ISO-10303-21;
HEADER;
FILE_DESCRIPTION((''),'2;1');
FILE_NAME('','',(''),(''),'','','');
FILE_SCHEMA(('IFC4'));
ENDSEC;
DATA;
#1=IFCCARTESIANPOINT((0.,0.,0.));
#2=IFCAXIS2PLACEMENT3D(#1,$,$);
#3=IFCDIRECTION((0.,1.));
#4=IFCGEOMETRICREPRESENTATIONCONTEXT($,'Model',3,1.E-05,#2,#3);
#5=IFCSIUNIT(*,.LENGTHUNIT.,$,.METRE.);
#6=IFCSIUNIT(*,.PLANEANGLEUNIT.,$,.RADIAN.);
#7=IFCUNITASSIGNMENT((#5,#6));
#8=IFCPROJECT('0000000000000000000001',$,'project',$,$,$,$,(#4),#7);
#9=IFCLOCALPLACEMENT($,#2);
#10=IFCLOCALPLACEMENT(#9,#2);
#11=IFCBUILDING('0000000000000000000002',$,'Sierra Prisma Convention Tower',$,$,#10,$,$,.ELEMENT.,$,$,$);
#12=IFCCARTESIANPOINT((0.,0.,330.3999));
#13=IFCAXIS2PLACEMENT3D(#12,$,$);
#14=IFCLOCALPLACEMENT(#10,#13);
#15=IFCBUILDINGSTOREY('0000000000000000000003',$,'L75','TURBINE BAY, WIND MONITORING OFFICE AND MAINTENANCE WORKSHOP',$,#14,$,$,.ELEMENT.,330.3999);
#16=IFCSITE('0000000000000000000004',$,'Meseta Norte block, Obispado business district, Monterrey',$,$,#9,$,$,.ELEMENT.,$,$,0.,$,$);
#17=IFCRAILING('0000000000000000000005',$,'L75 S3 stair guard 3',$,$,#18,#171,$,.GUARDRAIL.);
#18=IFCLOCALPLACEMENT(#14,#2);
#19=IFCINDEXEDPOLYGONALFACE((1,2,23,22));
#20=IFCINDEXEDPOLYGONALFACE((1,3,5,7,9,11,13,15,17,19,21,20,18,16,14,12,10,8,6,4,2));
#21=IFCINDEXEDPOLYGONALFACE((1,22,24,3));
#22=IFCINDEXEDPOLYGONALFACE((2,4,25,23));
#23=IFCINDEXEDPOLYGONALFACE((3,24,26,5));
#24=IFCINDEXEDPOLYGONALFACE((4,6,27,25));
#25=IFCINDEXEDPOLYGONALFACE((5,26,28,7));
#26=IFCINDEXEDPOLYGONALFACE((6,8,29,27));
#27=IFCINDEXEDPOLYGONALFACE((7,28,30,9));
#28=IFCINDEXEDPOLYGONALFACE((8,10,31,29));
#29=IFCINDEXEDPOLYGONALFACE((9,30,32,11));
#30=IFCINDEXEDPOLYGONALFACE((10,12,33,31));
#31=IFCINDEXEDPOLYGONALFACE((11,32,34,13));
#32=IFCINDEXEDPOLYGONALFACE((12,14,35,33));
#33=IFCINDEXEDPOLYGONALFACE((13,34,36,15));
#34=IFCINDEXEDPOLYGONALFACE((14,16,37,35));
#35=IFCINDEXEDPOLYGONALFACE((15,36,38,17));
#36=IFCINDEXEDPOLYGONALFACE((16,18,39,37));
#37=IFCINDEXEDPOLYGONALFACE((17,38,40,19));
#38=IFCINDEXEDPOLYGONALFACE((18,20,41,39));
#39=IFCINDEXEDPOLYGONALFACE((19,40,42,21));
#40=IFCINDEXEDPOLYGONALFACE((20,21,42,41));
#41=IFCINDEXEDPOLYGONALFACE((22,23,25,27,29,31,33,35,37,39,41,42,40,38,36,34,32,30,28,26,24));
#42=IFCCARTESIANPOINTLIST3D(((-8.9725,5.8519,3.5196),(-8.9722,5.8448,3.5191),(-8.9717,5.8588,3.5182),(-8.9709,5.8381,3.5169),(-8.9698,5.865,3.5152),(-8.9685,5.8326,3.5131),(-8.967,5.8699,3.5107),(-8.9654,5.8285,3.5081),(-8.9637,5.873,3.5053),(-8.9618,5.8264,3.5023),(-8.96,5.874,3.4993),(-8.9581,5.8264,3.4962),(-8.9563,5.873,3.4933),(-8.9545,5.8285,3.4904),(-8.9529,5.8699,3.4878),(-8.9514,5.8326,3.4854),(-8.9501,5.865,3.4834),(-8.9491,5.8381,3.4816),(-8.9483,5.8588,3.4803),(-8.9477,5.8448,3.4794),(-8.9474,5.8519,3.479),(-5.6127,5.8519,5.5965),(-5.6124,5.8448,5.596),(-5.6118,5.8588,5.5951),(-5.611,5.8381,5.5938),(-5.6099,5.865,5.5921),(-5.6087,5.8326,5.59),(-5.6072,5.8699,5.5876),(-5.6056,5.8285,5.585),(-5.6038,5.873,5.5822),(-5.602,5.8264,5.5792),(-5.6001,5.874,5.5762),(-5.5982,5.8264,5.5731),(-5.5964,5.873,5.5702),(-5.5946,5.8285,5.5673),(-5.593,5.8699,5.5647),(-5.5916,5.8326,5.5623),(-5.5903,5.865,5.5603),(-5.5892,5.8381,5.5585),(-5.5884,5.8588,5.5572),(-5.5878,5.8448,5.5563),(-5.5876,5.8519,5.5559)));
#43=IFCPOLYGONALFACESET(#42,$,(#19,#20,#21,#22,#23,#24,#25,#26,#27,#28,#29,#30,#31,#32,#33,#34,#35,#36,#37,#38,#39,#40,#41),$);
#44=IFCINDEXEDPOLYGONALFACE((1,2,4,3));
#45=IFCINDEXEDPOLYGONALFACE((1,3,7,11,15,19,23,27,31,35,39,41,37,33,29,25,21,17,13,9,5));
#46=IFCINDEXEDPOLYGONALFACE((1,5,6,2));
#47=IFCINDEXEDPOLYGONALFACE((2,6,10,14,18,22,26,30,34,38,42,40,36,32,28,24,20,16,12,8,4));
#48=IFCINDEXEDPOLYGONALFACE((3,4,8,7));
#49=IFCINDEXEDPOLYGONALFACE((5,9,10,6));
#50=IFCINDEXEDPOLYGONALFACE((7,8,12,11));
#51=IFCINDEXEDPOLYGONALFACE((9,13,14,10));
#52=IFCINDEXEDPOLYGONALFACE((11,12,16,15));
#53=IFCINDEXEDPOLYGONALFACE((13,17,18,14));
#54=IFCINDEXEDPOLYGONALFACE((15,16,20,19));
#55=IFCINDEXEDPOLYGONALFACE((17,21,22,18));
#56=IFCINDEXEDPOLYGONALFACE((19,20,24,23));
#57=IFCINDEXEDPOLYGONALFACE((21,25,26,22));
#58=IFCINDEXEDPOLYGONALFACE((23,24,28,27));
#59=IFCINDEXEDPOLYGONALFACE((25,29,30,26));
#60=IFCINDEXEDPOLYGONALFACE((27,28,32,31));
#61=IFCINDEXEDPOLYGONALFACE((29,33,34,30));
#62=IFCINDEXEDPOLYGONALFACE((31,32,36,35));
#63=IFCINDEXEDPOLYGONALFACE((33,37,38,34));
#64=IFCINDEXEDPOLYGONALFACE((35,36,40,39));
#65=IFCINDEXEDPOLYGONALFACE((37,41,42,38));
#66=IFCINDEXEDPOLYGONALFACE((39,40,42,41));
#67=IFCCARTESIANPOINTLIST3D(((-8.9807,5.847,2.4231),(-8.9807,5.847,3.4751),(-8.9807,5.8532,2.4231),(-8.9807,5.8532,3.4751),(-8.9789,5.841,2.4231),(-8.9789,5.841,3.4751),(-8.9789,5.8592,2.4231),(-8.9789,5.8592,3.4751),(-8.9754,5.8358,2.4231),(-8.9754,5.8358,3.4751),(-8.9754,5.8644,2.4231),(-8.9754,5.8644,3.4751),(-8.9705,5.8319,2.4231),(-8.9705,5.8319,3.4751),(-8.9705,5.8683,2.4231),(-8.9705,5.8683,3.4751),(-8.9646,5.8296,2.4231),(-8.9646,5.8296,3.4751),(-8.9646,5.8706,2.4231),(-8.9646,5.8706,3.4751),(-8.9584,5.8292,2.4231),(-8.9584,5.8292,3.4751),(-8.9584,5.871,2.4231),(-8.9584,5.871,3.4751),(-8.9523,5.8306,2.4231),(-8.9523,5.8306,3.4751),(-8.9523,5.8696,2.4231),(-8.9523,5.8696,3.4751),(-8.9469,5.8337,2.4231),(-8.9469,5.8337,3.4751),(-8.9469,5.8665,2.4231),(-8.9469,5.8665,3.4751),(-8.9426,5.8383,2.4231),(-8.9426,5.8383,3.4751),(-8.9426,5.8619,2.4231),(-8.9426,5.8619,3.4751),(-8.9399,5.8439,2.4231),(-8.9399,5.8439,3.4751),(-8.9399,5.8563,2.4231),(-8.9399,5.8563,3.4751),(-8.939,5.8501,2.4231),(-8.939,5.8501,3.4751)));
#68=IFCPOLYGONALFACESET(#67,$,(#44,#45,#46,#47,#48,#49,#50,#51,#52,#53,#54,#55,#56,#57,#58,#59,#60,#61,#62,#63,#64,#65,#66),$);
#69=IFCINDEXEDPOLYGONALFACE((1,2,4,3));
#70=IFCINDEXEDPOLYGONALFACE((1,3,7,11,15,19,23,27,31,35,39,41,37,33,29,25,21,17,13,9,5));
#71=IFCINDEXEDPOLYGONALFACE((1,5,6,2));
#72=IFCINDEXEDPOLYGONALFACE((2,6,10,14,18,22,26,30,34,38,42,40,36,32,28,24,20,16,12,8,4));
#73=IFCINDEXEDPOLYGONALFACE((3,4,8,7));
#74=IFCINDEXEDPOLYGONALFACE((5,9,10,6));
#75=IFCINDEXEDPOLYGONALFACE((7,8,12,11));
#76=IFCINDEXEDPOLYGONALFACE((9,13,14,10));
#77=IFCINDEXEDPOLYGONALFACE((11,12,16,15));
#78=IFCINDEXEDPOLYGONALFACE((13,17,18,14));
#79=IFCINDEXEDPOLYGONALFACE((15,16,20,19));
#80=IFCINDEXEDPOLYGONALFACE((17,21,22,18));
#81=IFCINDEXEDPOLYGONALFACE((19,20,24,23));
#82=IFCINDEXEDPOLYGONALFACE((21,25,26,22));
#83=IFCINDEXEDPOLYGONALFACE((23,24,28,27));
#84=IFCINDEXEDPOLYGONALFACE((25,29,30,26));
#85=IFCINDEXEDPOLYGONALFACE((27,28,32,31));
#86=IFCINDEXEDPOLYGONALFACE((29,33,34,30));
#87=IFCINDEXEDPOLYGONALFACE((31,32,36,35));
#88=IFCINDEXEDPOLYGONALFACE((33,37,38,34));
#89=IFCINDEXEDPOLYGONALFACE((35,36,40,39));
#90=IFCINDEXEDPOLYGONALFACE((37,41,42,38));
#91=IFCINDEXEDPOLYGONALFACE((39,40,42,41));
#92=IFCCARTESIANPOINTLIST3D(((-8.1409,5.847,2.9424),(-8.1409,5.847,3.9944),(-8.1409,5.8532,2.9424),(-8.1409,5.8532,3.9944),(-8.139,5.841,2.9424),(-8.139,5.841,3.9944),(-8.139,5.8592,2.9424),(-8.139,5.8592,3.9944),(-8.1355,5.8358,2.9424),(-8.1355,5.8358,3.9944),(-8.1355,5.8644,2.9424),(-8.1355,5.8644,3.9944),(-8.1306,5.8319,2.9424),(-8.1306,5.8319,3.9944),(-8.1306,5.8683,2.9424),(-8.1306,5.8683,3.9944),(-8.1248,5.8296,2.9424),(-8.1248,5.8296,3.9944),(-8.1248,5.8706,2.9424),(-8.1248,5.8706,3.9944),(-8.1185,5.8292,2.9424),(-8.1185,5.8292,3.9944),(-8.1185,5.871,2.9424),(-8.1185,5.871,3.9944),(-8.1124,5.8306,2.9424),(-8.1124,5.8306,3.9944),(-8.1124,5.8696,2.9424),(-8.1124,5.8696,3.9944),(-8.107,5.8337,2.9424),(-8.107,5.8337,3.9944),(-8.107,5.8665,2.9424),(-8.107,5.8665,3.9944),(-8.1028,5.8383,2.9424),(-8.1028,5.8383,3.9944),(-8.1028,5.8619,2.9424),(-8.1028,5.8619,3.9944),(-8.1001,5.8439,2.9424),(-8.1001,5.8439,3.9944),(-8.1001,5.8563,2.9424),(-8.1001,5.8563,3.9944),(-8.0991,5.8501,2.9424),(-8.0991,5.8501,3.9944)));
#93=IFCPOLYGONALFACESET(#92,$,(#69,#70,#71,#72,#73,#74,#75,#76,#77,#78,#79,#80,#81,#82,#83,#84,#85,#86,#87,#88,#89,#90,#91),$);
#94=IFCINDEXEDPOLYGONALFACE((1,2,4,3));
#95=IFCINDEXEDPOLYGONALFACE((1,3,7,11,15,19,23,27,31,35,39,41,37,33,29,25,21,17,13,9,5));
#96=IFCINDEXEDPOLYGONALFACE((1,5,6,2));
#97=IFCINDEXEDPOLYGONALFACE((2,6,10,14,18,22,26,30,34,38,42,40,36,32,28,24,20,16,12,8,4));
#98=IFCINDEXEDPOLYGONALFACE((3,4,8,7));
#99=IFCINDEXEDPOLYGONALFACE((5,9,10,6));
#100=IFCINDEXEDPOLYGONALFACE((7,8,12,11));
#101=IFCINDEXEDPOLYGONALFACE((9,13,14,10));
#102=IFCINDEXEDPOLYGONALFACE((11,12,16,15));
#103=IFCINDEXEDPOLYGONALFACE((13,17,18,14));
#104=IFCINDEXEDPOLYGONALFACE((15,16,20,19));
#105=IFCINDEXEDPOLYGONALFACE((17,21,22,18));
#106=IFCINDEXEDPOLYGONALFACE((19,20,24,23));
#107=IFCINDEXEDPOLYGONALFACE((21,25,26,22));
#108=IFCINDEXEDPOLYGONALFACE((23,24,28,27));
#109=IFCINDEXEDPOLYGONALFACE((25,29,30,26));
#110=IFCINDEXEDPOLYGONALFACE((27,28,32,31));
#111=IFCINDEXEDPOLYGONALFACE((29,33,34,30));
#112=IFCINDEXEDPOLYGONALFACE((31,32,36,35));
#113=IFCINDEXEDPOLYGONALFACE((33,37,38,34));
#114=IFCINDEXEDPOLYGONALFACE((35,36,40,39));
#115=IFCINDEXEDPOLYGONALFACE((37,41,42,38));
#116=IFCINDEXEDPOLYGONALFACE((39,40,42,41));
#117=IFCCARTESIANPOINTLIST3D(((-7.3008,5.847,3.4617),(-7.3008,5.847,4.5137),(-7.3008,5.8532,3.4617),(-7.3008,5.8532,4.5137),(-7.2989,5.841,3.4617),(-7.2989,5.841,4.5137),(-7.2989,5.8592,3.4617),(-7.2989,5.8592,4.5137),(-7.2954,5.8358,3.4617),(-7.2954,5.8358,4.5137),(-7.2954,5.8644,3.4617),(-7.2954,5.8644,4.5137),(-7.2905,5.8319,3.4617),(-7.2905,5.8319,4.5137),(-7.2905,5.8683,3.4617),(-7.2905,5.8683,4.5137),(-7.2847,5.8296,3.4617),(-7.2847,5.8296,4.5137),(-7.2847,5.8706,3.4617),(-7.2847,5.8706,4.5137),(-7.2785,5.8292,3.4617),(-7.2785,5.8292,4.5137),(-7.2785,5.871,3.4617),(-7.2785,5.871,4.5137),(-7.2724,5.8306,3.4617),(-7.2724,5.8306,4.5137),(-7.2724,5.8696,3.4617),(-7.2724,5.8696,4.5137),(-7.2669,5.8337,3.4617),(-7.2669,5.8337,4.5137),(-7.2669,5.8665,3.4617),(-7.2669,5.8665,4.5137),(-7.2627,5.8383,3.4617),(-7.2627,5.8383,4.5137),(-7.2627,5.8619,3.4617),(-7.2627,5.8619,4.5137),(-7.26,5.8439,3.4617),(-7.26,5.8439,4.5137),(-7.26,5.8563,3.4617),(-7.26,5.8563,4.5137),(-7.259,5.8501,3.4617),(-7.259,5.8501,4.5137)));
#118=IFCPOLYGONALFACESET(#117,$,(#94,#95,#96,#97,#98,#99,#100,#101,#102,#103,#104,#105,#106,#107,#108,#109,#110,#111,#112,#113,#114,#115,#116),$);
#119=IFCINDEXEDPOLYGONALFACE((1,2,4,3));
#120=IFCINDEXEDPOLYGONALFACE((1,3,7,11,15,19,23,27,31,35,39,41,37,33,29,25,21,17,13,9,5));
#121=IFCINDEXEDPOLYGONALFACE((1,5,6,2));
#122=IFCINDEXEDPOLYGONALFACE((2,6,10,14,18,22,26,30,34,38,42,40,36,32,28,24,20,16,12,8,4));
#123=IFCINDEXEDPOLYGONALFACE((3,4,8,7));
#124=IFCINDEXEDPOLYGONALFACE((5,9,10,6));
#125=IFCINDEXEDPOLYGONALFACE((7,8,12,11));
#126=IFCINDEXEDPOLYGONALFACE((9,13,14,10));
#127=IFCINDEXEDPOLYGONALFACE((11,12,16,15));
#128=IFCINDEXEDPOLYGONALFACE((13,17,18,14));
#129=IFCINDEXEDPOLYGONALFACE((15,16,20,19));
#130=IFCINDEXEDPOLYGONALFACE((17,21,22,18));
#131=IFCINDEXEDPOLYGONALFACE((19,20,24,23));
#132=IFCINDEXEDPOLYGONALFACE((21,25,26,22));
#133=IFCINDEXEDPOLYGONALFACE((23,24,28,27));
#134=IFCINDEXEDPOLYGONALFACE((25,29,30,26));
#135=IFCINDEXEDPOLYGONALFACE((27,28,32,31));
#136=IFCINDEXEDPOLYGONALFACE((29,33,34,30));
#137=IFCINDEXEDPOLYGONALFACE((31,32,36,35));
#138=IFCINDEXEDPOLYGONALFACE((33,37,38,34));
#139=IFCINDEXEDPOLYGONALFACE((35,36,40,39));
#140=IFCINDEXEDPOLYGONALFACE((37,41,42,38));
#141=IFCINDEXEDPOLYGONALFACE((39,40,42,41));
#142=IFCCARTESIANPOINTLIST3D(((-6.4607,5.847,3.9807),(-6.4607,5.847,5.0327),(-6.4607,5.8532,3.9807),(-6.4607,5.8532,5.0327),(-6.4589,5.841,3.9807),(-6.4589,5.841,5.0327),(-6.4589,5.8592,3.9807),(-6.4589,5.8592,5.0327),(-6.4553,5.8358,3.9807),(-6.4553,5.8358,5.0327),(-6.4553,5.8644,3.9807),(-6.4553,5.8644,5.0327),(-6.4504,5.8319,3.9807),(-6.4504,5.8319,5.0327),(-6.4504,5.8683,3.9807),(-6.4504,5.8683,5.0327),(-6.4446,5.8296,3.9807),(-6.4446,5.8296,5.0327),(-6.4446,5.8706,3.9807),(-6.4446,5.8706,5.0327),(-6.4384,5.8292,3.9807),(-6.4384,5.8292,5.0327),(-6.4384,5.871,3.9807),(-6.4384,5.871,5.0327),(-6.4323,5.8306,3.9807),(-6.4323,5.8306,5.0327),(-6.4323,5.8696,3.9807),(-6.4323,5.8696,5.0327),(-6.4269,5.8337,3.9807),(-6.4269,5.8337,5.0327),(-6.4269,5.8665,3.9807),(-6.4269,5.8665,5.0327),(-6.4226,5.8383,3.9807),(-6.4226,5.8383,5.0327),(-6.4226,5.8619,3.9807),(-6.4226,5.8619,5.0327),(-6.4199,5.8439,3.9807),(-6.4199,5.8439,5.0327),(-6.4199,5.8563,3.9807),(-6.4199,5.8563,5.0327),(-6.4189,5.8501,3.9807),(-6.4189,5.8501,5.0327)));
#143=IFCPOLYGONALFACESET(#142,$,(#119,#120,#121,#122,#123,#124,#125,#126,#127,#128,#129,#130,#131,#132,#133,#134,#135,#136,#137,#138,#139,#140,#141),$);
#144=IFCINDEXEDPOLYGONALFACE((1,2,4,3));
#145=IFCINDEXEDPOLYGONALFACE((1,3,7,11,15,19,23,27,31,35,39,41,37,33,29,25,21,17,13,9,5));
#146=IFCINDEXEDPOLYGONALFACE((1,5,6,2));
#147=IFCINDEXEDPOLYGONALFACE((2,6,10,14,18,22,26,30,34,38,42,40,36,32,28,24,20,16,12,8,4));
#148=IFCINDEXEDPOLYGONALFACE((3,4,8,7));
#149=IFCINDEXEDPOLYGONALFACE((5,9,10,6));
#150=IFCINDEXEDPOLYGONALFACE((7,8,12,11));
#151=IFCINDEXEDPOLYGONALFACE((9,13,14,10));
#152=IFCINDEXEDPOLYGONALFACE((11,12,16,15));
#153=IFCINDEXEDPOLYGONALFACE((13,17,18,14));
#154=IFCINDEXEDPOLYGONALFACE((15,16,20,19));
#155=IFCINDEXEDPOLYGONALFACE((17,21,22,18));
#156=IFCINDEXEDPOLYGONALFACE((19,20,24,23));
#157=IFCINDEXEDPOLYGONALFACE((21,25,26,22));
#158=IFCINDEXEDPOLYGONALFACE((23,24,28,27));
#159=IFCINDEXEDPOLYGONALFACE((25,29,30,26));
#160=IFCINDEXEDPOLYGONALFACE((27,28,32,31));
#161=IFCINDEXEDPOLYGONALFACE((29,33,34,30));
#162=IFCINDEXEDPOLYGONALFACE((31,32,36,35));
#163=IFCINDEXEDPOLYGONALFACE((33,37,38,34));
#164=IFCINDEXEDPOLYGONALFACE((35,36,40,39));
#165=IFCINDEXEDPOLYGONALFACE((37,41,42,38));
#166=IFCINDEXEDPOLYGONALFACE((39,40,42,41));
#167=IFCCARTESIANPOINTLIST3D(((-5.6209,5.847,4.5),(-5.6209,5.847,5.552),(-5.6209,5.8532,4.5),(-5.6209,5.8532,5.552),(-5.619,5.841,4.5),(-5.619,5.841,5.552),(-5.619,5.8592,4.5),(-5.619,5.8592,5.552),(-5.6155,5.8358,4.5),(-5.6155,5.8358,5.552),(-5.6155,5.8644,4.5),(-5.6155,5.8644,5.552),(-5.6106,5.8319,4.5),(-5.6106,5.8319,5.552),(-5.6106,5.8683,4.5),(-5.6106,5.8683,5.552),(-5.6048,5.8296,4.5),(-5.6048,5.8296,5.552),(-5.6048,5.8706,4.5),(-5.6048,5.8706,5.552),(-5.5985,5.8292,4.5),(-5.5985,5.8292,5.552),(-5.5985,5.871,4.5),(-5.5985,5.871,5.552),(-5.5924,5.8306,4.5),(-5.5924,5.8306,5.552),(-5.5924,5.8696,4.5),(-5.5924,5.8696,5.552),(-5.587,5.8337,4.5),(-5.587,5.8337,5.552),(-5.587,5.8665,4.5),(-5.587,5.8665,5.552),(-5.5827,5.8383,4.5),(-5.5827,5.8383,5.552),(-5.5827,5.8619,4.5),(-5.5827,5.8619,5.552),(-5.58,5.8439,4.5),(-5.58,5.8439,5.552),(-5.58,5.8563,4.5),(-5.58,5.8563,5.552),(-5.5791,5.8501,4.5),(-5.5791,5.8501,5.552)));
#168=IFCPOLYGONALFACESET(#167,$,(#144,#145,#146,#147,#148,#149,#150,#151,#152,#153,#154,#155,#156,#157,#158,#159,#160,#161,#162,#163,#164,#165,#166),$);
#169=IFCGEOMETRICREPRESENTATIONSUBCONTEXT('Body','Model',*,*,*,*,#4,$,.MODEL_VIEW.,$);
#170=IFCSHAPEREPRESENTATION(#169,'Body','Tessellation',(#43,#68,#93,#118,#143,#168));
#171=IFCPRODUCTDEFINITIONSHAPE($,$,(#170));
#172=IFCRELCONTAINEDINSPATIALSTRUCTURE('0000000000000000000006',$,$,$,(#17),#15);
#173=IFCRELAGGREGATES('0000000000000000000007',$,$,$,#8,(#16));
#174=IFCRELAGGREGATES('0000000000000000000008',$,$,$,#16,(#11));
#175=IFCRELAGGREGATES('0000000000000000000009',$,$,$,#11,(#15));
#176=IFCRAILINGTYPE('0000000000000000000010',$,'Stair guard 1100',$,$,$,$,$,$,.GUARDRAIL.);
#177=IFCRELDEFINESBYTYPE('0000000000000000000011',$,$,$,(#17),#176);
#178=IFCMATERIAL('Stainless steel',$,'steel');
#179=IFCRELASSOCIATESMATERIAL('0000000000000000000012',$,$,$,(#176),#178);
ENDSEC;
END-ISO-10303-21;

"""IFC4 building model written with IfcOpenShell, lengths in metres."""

from ifc_helpers import new_model, si_unit, direction, frame, origin, origin_2d, place, context, subcontext, project, spatial, circle, extrude, material, type_object, element, save


model = new_model("IFC4")

# Units and contexts
model_context = context("Model", 3, precision=1e-05, world=origin(), true_north=direction((0.0, 1.0)))
body_context = subcontext(model_context, "Body", "Model", "MODEL_VIEW")
ifc_project = project(units=[si_unit("LENGTHUNIT", "METRE"), si_unit("PLANEANGLEUNIT", "RADIAN")], contexts=[model_context])

# Site, building, storey
site_placement = place(None, origin())
site = spatial("IfcSite", under=ifc_project, at=site_placement, Name="Meseta Norte block, Obispado business district, Monterrey", CompositionType="ELEMENT", RefElevation=0.0)
building_placement = place(site_placement, origin())
building = spatial("IfcBuilding", under=site, at=building_placement, Name="Sierra Prisma Convention Tower", CompositionType="ELEMENT")
storey_placement = place(building_placement, frame((0.0, 0.0, 330.3999)))
storey = spatial("IfcBuildingStorey", under=building, at=storey_placement, Name="L75", Description="TURBINE BAY, WIND MONITORING OFFICE AND MAINTENANCE WORKSHOP", CompositionType="ELEMENT", Elevation=330.3999)

# Railing
ifc_material_1 = material(Name="Stainless steel", Category="steel")
railing_type_1 = type_object("IfcRailingType", Name="Stair guard 1100", PredefinedType="GUARDRAIL", material=ifc_material_1)
railing_1_placement = place(storey_placement, frame((-8.96, 5.8501, 2.4231)))
element("IfcRailing", 1, at=railing_1_placement, inside=storey, type_object=railing_type_1, Name="L75 S3 stair guard 3", PredefinedType="GUARDRAIL", context=body_context, shape_type="SweptSolid", body=[
    extrude(circle(Radius=0.0239, at=origin_2d()), frame((0.0, 0.0, 1.0762), z_axis=(0.850606, 0.0, 0.525803), x_axis=(0.0, 1.0, 0.0)), (0.0, 0.0, 1.0), 3.95),
    extrude(circle(Radius=0.021, at=origin_2d()), origin(), (0.0, 0.0, 1.0), 1.052),
    extrude(circle(Radius=0.021, at=origin_2d()), frame((0.8398, 0.0, 0.5193)), (0.0, 0.0, 1.0), 1.052),
    extrude(circle(Radius=0.021, at=origin_2d()), frame((1.6799, 0.0, 1.0386)), (0.0, 0.0, 1.0), 1.052),
    extrude(circle(Radius=0.021, at=origin_2d()), frame((2.52, 0.0, 1.5576)), (0.0, 0.0, 1.0), 1.052),
    extrude(circle(Radius=0.021, at=origin_2d()), frame((3.3599, 0.0, 2.0769)), (0.0, 0.0, 1.0), 1.052),
])

save(model, "model.ifc")
